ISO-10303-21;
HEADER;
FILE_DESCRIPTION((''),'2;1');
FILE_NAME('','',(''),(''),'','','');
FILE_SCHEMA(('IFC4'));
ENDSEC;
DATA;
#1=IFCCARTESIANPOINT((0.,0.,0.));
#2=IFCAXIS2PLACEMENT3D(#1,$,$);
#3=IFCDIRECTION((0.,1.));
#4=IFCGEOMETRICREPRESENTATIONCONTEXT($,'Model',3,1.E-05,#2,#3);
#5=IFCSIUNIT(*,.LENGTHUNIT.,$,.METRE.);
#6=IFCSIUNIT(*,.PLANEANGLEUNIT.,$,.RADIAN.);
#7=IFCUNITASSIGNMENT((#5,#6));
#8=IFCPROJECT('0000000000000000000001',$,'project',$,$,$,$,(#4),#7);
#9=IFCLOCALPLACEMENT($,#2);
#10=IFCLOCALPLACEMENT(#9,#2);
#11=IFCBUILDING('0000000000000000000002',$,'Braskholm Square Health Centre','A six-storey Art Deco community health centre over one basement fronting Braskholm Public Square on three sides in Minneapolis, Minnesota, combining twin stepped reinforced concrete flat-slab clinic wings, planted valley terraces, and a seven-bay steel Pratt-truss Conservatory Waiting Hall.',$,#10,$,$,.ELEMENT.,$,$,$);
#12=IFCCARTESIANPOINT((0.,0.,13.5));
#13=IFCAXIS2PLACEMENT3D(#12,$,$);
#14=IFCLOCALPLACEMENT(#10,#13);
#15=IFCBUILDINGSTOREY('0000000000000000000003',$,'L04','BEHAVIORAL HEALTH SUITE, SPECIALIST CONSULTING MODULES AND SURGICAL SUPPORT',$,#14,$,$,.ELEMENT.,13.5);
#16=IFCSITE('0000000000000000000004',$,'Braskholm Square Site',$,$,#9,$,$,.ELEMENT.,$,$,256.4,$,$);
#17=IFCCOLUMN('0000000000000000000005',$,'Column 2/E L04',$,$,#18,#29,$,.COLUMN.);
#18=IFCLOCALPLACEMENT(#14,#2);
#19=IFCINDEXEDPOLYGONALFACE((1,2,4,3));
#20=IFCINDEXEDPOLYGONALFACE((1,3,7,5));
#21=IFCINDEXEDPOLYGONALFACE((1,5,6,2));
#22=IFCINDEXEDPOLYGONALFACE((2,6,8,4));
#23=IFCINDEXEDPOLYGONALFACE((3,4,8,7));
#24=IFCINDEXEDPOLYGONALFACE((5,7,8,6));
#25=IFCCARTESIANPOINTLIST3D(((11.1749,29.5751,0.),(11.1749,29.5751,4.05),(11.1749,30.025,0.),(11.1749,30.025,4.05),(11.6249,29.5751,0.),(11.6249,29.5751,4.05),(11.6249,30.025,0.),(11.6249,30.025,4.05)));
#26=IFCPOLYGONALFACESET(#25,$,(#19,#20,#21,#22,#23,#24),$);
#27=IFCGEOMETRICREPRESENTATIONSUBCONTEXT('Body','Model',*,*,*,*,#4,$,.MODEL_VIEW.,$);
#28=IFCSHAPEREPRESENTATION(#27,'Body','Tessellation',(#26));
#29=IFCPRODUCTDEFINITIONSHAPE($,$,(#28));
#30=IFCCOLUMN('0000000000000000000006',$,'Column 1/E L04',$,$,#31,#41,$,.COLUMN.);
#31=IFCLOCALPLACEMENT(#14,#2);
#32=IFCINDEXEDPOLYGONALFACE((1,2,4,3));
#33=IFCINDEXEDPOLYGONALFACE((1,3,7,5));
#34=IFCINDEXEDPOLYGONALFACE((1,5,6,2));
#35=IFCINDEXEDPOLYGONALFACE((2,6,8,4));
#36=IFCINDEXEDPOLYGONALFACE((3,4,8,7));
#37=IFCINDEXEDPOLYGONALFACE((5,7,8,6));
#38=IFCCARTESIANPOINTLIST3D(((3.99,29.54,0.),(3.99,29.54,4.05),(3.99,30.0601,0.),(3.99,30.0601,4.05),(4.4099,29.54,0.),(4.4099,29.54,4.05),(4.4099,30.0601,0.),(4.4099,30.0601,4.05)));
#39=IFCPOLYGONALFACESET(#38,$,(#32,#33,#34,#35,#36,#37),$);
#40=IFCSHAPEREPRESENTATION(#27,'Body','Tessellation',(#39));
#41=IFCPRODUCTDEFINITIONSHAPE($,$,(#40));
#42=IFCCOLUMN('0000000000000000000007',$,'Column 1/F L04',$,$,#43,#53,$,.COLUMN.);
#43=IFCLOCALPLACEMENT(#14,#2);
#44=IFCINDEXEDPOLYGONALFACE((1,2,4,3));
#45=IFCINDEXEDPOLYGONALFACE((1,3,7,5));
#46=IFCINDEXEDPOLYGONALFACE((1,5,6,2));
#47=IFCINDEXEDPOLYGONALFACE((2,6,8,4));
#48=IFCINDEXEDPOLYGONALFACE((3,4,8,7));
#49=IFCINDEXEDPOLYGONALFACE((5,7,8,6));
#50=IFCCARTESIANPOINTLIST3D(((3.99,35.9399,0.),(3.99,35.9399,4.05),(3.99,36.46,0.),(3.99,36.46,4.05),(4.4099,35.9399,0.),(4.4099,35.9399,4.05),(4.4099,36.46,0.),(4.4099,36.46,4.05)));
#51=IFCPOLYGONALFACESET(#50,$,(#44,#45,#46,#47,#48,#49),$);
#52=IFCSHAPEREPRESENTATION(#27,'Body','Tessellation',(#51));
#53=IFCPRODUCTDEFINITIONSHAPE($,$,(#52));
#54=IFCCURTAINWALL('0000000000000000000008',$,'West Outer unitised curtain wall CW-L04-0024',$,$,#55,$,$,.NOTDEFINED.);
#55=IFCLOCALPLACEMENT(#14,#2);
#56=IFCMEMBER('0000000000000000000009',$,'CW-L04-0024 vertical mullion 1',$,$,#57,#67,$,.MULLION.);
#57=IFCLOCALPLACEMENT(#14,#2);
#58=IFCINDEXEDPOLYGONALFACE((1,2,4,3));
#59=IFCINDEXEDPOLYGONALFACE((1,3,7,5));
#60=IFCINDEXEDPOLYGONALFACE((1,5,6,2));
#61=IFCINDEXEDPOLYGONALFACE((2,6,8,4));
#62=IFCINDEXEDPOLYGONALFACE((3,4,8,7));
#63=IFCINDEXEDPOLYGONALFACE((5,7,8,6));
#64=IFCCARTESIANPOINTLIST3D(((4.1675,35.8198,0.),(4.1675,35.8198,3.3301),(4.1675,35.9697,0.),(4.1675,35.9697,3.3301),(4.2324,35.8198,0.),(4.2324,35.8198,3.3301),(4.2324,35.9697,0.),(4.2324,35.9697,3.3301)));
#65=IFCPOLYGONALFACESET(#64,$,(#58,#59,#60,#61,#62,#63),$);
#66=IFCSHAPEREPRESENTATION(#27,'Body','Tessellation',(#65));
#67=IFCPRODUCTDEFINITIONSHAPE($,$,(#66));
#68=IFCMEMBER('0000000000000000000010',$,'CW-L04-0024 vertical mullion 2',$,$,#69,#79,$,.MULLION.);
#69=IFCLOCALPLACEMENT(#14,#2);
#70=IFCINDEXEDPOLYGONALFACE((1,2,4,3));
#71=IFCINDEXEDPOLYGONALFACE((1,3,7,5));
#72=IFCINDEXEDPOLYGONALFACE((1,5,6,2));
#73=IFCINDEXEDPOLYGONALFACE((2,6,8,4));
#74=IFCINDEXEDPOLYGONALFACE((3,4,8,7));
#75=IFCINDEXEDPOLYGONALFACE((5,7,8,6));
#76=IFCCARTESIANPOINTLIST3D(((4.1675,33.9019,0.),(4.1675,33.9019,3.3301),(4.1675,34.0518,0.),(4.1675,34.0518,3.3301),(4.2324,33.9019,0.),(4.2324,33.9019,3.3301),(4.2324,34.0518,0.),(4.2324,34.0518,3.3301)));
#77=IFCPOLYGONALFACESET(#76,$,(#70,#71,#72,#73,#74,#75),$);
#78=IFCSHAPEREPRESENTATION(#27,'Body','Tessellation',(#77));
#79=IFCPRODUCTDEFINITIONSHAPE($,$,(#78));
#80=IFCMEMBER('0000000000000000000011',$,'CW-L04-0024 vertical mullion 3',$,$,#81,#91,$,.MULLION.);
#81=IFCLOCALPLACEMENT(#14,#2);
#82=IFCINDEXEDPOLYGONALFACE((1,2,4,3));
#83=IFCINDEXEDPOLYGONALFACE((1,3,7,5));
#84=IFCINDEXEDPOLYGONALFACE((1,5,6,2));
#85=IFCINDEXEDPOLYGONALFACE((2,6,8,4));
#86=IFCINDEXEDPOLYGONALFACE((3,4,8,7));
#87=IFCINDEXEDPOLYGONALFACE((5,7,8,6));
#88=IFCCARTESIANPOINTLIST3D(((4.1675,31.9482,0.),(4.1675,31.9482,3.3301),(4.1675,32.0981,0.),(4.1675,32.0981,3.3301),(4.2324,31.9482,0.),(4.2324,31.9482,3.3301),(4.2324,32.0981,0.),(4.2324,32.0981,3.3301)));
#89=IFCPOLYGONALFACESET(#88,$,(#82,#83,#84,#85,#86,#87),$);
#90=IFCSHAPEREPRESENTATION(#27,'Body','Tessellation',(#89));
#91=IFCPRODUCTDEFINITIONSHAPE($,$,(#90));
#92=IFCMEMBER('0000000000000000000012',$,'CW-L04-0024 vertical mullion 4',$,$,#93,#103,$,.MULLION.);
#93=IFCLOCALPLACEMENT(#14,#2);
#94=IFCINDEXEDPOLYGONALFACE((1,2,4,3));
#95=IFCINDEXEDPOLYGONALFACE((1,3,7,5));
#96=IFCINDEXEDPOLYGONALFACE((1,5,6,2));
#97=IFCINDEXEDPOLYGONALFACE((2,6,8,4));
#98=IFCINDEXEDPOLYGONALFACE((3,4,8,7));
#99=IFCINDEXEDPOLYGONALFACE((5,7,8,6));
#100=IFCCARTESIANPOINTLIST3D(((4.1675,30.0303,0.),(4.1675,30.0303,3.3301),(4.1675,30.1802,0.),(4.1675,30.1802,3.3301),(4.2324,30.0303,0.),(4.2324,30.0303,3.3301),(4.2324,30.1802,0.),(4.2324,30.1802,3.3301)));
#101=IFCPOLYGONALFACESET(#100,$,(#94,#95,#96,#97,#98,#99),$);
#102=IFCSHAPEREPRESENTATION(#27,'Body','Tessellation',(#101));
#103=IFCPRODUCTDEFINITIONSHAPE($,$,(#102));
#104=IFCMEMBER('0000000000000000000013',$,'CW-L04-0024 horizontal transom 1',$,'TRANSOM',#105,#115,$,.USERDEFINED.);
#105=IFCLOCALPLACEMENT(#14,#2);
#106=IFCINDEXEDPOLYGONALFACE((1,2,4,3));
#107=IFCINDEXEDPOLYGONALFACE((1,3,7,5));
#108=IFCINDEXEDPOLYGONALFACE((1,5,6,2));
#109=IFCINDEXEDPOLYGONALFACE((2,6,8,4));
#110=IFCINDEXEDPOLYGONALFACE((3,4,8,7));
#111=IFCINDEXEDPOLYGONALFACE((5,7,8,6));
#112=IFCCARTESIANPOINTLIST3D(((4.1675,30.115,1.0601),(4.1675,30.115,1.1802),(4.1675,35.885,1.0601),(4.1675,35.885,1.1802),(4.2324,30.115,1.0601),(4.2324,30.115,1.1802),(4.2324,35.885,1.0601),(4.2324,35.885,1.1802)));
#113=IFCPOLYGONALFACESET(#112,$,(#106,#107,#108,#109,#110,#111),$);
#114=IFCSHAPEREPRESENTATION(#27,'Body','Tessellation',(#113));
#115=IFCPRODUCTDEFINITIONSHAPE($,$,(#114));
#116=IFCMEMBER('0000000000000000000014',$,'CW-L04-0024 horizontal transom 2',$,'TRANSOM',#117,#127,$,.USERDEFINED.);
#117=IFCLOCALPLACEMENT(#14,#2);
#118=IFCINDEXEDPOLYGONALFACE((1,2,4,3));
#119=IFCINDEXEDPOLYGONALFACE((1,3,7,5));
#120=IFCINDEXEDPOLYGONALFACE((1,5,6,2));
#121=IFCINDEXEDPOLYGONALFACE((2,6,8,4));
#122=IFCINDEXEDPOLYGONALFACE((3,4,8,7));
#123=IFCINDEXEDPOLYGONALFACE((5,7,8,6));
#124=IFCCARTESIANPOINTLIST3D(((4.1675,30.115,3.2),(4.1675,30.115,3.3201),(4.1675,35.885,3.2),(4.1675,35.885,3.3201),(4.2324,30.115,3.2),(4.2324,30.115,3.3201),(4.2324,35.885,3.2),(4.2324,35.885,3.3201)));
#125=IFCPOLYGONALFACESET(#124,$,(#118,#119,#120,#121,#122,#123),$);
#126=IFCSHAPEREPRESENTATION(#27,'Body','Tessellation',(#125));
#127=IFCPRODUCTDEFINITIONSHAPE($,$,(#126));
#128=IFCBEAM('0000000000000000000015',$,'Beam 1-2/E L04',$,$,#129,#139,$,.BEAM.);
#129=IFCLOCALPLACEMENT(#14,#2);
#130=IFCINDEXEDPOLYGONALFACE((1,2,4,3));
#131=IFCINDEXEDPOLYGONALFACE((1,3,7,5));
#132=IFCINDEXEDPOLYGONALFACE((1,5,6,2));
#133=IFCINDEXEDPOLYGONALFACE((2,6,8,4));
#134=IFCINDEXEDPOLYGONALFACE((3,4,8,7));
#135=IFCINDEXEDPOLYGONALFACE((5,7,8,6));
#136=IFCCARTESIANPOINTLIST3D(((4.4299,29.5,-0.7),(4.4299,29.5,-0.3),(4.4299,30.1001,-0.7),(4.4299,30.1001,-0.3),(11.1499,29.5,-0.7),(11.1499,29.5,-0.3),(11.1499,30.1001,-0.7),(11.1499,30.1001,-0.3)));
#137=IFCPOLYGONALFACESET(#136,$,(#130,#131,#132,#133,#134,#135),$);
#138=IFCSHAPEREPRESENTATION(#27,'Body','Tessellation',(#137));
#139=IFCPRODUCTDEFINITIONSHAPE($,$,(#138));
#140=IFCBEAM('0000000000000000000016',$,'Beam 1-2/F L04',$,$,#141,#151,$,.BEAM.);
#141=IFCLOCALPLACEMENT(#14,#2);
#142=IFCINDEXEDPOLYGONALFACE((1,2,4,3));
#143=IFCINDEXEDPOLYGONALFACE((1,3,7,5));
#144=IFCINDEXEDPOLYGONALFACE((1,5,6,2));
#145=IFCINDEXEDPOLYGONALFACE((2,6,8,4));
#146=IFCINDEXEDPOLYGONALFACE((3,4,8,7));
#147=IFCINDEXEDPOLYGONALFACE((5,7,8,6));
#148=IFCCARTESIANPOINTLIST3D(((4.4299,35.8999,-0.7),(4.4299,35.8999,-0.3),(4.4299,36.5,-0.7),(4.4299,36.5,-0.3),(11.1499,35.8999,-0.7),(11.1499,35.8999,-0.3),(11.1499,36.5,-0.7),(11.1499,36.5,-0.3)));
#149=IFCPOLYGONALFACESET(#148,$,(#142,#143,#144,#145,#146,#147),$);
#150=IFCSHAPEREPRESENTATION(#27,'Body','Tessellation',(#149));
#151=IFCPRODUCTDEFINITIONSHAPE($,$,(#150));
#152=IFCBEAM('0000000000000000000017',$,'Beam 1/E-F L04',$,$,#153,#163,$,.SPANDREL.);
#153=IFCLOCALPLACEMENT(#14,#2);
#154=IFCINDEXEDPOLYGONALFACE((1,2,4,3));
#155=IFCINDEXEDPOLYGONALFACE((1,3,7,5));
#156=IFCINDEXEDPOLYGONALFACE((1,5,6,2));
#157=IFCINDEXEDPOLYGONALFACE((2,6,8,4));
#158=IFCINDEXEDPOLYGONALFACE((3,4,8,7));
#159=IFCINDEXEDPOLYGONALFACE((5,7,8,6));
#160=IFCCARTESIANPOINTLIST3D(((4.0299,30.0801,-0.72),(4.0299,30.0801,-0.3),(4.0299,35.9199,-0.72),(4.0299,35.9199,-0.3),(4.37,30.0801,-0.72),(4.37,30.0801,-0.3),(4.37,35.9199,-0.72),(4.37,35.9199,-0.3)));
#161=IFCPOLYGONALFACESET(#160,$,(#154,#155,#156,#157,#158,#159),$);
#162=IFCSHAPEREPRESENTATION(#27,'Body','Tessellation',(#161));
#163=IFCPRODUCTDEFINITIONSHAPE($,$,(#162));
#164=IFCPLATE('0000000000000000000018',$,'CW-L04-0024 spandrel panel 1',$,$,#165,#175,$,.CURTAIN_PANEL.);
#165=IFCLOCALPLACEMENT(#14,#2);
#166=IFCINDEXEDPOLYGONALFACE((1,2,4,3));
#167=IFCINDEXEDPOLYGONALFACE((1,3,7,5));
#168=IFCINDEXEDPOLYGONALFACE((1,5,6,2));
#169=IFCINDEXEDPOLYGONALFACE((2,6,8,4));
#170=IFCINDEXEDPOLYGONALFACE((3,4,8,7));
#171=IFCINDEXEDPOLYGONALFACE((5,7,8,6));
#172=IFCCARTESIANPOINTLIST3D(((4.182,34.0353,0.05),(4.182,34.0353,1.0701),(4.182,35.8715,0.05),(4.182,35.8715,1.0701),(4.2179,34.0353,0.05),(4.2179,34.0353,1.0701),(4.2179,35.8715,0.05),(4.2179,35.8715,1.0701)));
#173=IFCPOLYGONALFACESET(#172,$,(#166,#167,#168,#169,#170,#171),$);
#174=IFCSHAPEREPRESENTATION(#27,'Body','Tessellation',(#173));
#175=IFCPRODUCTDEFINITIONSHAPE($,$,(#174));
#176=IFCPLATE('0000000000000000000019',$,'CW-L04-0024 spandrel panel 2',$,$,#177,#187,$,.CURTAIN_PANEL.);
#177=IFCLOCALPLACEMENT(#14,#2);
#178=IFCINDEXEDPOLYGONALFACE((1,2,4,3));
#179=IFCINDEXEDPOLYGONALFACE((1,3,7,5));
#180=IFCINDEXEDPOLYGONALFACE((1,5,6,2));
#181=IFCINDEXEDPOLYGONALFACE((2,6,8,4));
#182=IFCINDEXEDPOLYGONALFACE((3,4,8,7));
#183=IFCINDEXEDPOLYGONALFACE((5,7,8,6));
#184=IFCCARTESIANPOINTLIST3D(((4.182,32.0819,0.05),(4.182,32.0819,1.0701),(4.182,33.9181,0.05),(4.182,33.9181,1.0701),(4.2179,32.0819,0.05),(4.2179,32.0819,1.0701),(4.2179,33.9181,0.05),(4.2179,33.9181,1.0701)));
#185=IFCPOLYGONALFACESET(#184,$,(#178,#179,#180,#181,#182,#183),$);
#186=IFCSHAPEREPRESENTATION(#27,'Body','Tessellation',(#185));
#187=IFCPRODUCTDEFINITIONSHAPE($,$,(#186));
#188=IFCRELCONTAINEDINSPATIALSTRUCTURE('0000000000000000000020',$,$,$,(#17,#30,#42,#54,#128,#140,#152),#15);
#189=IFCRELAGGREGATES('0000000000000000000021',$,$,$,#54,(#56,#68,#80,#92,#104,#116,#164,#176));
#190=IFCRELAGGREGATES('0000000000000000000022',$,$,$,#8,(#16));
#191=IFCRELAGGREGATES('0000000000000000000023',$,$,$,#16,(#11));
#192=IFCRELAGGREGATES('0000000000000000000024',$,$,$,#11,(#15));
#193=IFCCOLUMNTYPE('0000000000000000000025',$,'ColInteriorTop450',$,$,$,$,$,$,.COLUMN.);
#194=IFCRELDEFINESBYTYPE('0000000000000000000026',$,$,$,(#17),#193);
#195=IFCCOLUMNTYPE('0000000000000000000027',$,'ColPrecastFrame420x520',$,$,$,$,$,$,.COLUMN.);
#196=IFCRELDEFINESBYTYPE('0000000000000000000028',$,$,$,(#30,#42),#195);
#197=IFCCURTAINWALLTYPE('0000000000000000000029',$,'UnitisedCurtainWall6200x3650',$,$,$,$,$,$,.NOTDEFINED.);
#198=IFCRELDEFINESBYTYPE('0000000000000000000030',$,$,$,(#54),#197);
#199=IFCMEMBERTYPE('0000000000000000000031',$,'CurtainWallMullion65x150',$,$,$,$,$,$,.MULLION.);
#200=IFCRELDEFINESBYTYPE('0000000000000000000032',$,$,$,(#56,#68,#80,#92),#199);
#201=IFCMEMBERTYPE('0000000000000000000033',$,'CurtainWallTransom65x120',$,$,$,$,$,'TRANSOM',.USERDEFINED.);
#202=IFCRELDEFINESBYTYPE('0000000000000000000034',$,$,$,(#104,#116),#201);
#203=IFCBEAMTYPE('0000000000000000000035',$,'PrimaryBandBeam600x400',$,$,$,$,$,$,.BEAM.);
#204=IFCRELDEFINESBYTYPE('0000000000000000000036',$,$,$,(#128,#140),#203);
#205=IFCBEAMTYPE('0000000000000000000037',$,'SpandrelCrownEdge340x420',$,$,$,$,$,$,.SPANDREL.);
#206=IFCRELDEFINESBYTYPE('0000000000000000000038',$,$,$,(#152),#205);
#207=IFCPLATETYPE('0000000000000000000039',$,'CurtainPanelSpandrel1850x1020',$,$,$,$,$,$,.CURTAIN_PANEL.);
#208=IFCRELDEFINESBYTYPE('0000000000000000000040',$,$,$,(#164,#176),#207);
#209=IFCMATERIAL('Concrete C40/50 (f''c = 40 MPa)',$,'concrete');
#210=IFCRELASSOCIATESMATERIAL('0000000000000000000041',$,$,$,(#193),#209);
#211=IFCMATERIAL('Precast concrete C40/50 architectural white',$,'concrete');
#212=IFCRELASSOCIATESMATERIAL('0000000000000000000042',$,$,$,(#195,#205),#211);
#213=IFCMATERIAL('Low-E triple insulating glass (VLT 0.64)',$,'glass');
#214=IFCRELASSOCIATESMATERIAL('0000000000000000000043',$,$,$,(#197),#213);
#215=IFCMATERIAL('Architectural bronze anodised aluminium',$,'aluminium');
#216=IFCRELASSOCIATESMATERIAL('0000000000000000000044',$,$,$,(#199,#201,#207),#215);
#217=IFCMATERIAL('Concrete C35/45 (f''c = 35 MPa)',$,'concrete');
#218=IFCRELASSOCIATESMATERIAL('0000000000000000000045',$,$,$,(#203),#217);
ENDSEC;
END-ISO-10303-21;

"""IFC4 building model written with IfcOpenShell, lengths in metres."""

from ifc_helpers import new_model, si_unit, direction, frame, origin, origin_2d, place, context, subcontext, project, spatial, rectangle, extrude, material, material_profile, profile_set, type_object, element, aggregate, save


model = new_model("IFC4")

# Units and contexts
model_context = context("Model", 3, precision=1e-05, world=origin(), true_north=direction((0.0, 1.0)))
body_context = subcontext(model_context, "Body", "Model", "MODEL_VIEW")
ifc_project = project(units=[si_unit("LENGTHUNIT", "METRE"), si_unit("PLANEANGLEUNIT", "RADIAN")], contexts=[model_context])

# Site, building, storey
site_placement = place(None, origin())
site = spatial("IfcSite", under=ifc_project, at=site_placement, Name="Braskholm Square Site", CompositionType="ELEMENT", RefElevation=256.4)
building_placement = place(site_placement, origin())
building = spatial("IfcBuilding", under=site, at=building_placement, Name="Braskholm Square Health Centre", Description="A six-storey Art Deco community health centre over one basement fronting Braskholm Public Square on three sides in Minneapolis, Minnesota, combining twin stepped reinforced concrete flat-slab clinic wings, planted valley terraces, and a seven-bay steel Pratt-truss Conservatory Waiting Hall.", CompositionType="ELEMENT")
storey_placement = place(building_placement, frame((0.0, 0.0, 13.5)))
storey = spatial("IfcBuildingStorey", under=building, at=storey_placement, Name="L04", Description="BEHAVIORAL HEALTH SUITE, SPECIALIST CONSULTING MODULES AND SURGICAL SUPPORT", CompositionType="ELEMENT", Elevation=13.5)

# Columns
ifc_material_1 = material(Name="Concrete C40/50 (f'c = 40 MPa)", Category="concrete")
ifc_material_profile_1 = material_profile(ifc_material_1, rectangle(XDim=0.45, YDim=0.45, at=origin_2d()), Name="RC-450X450")
ifc_profile_set_1 = profile_set([ifc_material_profile_1], Name="Concrete C40/50 (f'c = 40 MPa)")
column_type_1 = type_object("IfcColumnType", Name="ColInteriorTop450", PredefinedType="COLUMN", material=ifc_profile_set_1)
column_placement = place(storey_placement, frame((11.3999, 29.8, 0.0), z_axis=(0.0, 0.0, 1.0), x_axis=(1.0, 0.0, 0.0)))
element("IfcColumn", 1, at=column_placement, inside=storey, type_object=column_type_1, Name="Column 2/E L04", PredefinedType="COLUMN", context=body_context, shape_type="SweptSolid", body=[
    extrude(rectangle(XDim=0.45, YDim=0.45, at=origin_2d()), origin(), (0.0, 0.0, 1.0), 4.05),
])
ifc_material_2 = material(Name="Precast concrete C40/50 architectural white", Category="concrete")
ifc_material_profile_2 = material_profile(ifc_material_2, rectangle(XDim=0.4199, YDim=0.52, at=origin_2d()), Name="RC-420X520")
ifc_profile_set_2 = profile_set([ifc_material_profile_2], Name="Precast concrete C40/50 architectural white")
column_type_2 = type_object("IfcColumnType", Name="ColPrecastFrame420x520", PredefinedType="COLUMN", material=ifc_profile_set_2)
for number, where, z_axis, x_axis, name in (
    (2, (4.2, 29.8, 0.0), (0.0, 0.0, 1.0), (1.0, 0.0, 0.0), "Column 1/E L04"),
    (3, (4.2, 36.2, 0.0), (0.0, 0.0, 1.0), (1.0, 0.0, 0.0), "Column 1/F L04"),
):
    element("IfcColumn", number, at=place(storey_placement, frame(where, z_axis=z_axis, x_axis=x_axis)), inside=storey, type_object=column_type_2, Name=name, PredefinedType="COLUMN", context=body_context, shape_type="SweptSolid", body=[
        extrude(rectangle(XDim=0.4199, YDim=0.52, at=origin_2d()), origin(), (0.0, 0.0, 1.0), 4.05),
    ])

# Curtain wall, members
ifc_material_3 = material(Name="Low-E triple insulating glass (VLT 0.64)", Category="glass")
curtain_wall_type = type_object("IfcCurtainWallType", Name="UnitisedCurtainWall6200x3650", PredefinedType="NOTDEFINED", material=ifc_material_3)
curtain_wall_placement = place(storey_placement, origin())
curtain_wall = element("IfcCurtainWall", 4, at=curtain_wall_placement, inside=storey, type_object=curtain_wall_type, Name="West Outer unitised curtain wall CW-L04-0024", PredefinedType="NOTDEFINED")
ifc_material_4 = material(Name="Architectural bronze anodised aluminium", Category="aluminium")
ifc_material_profile_3 = material_profile(ifc_material_4, rectangle(XDim=0.0649, YDim=0.1499, at=origin_2d()), Name="ALU-65X150")
ifc_profile_set_3 = profile_set([ifc_material_profile_3], Name="Architectural bronze anodised aluminium")
member_type_1 = type_object("IfcMemberType", Name="CurtainWallMullion65x150", PredefinedType="MULLION", material=ifc_profile_set_3)
member_1_placement = place(storey_placement, frame((4.2, 35.8948, 0.0), z_axis=(0.0, 0.0, 1.0), x_axis=(1.0, 0.0, 0.0)))
member_1 = element("IfcMember", 5, at=member_1_placement, type_object=member_type_1, Name="CW-L04-0024 vertical mullion 1", PredefinedType="MULLION", context=body_context, shape_type="SweptSolid", body=[
    extrude(rectangle(XDim=0.0649, YDim=0.1499, at=origin_2d()), origin(), (0.0, 0.0, 1.0), 3.3301),
])
member_2_placement = place(storey_placement, frame((4.2, 33.9768, 0.0), z_axis=(0.0, 0.0, 1.0), x_axis=(1.0, 0.0, 0.0)))
member_2 = element("IfcMember", 6, at=member_2_placement, type_object=member_type_1, Name="CW-L04-0024 vertical mullion 2", PredefinedType="MULLION", context=body_context, shape_type="SweptSolid", body=[
    extrude(rectangle(XDim=0.0649, YDim=0.1499, at=origin_2d()), origin(), (0.0, 0.0, 1.0), 3.3301),
])
member_3_placement = place(storey_placement, frame((4.2, 32.0232, 0.0), z_axis=(0.0, 0.0, 1.0), x_axis=(1.0, 0.0, 0.0)))
member_3 = element("IfcMember", 7, at=member_3_placement, type_object=member_type_1, Name="CW-L04-0024 vertical mullion 3", PredefinedType="MULLION", context=body_context, shape_type="SweptSolid", body=[
    extrude(rectangle(XDim=0.0649, YDim=0.1499, at=origin_2d()), origin(), (0.0, 0.0, 1.0), 3.3301),
])
member_4_placement = place(storey_placement, frame((4.2, 30.1052, 0.0), z_axis=(0.0, 0.0, 1.0), x_axis=(1.0, 0.0, 0.0)))
member_4 = element("IfcMember", 8, at=member_4_placement, type_object=member_type_1, Name="CW-L04-0024 vertical mullion 4", PredefinedType="MULLION", context=body_context, shape_type="SweptSolid", body=[
    extrude(rectangle(XDim=0.0649, YDim=0.1499, at=origin_2d()), origin(), (0.0, 0.0, 1.0), 3.3301),
])
ifc_material_profile_4 = material_profile(ifc_material_4, rectangle(XDim=0.0649, YDim=0.1201, at=origin_2d()), Name="ALU-65X120")
ifc_profile_set_4 = profile_set([ifc_material_profile_4], Name="Architectural bronze anodised aluminium")
member_type_2 = type_object("IfcMemberType", Name="CurtainWallTransom65x120", ElementType="TRANSOM", PredefinedType="USERDEFINED", material=ifc_profile_set_4)
member_5_placement = place(storey_placement, frame((4.2, 35.885, 1.1201), z_axis=(0.0, -1.0, 0.0), x_axis=(1.0, 0.0, 0.0)))
member_5 = element("IfcMember", 9, at=member_5_placement, type_object=member_type_2, Name="CW-L04-0024 horizontal transom 1", ObjectType="TRANSOM", PredefinedType="USERDEFINED", context=body_context, shape_type="SweptSolid", body=[
    extrude(rectangle(XDim=0.0649, YDim=0.1201, at=origin_2d()), origin(), (0.0, 0.0, 1.0), 5.77),
])
member_6_placement = place(storey_placement, frame((4.2, 35.885, 3.26), z_axis=(0.0, -1.0, 0.0), x_axis=(1.0, 0.0, 0.0)))
member_6 = element("IfcMember", 10, at=member_6_placement, type_object=member_type_2, Name="CW-L04-0024 horizontal transom 2", ObjectType="TRANSOM", PredefinedType="USERDEFINED", context=body_context, shape_type="SweptSolid", body=[
    extrude(rectangle(XDim=0.0649, YDim=0.1201, at=origin_2d()), origin(), (0.0, 0.0, 1.0), 5.77),
])

# Beams
ifc_material_5 = material(Name="Concrete C35/45 (f'c = 35 MPa)", Category="concrete")
ifc_material_profile_5 = material_profile(ifc_material_5, rectangle(XDim=0.6001, YDim=0.3999, at=origin_2d()), Name="RCB-600X400")
ifc_profile_set_5 = profile_set([ifc_material_profile_5], Name="Concrete C35/45 (f'c = 35 MPa)")
beam_type_1 = type_object("IfcBeamType", Name="PrimaryBandBeam600x400", PredefinedType="BEAM", material=ifc_profile_set_5)
for number, where, z_axis, x_axis, name in (
    (11, (4.4299, 29.8, -0.5), (1.0, 0.0, 0.0), (0.0, 1.0, 0.0), "Beam 1-2/E L04"),
    (12, (4.4299, 36.2, -0.5), (1.0, 0.0, 0.0), (0.0, 1.0, 0.0), "Beam 1-2/F L04"),
):
    element("IfcBeam", number, at=place(storey_placement, frame(where, z_axis=z_axis, x_axis=x_axis)), inside=storey, type_object=beam_type_1, Name=name, PredefinedType="BEAM", context=body_context, shape_type="SweptSolid", body=[
        extrude(rectangle(XDim=0.6001, YDim=0.3999, at=origin_2d()), origin(), (0.0, 0.0, 1.0), 6.72),
    ])
ifc_material_profile_6 = material_profile(ifc_material_2, rectangle(XDim=0.3401, YDim=0.4199, at=origin_2d()), Name="RCB-340X420")
ifc_profile_set_6 = profile_set([ifc_material_profile_6], Name="Precast concrete C40/50 architectural white")
beam_type_2 = type_object("IfcBeamType", Name="SpandrelCrownEdge340x420", PredefinedType="SPANDREL", material=ifc_profile_set_6)
beam_placement = place(storey_placement, frame((4.2, 30.0801, -0.51), z_axis=(0.0, 1.0, 0.0), x_axis=(-1.0, 0.0, 0.0)))
element("IfcBeam", 13, at=beam_placement, inside=storey, type_object=beam_type_2, Name="Beam 1/E-F L04", PredefinedType="SPANDREL", context=body_context, shape_type="SweptSolid", body=[
    extrude(rectangle(XDim=0.3401, YDim=0.4199, at=origin_2d()), origin(), (0.0, 0.0, 1.0), 5.8398),
])

# Plates
plate_type_1 = type_object("IfcPlateType", Name="CurtainPanelSpandrel1850x1020", PredefinedType="CURTAIN_PANEL", material=ifc_material_4)
plate_1_placement = place(storey_placement, frame((4.2, 34.9534, 0.05), z_axis=(0.0, 0.0, 1.0), x_axis=(0.0, -1.0, 0.0)))
plate_1 = element("IfcPlate", 14, at=plate_1_placement, type_object=plate_type_1, Name="CW-L04-0024 spandrel panel 1", PredefinedType="CURTAIN_PANEL", context=body_context, shape_type="SweptSolid", body=[
    extrude(rectangle(XDim=1.8362, YDim=0.0359, at=origin_2d()), origin(), (0.0, 0.0, 1.0), 1.02),
])
plate_2_placement = place(storey_placement, frame((4.2, 33.0, 0.05), z_axis=(0.0, 0.0, 1.0), x_axis=(0.0, -1.0, 0.0)))
plate_2 = element("IfcPlate", 15, at=plate_2_placement, type_object=plate_type_1, Name="CW-L04-0024 spandrel panel 2", PredefinedType="CURTAIN_PANEL", context=body_context, shape_type="SweptSolid", body=[
    extrude(rectangle(XDim=1.8362, YDim=0.0359, at=origin_2d()), origin(), (0.0, 0.0, 1.0), 1.02),
])
aggregate(curtain_wall, [member_1, member_2, member_3, member_4, member_5, member_6, plate_1, plate_2])

save(model, "model.ifc")
